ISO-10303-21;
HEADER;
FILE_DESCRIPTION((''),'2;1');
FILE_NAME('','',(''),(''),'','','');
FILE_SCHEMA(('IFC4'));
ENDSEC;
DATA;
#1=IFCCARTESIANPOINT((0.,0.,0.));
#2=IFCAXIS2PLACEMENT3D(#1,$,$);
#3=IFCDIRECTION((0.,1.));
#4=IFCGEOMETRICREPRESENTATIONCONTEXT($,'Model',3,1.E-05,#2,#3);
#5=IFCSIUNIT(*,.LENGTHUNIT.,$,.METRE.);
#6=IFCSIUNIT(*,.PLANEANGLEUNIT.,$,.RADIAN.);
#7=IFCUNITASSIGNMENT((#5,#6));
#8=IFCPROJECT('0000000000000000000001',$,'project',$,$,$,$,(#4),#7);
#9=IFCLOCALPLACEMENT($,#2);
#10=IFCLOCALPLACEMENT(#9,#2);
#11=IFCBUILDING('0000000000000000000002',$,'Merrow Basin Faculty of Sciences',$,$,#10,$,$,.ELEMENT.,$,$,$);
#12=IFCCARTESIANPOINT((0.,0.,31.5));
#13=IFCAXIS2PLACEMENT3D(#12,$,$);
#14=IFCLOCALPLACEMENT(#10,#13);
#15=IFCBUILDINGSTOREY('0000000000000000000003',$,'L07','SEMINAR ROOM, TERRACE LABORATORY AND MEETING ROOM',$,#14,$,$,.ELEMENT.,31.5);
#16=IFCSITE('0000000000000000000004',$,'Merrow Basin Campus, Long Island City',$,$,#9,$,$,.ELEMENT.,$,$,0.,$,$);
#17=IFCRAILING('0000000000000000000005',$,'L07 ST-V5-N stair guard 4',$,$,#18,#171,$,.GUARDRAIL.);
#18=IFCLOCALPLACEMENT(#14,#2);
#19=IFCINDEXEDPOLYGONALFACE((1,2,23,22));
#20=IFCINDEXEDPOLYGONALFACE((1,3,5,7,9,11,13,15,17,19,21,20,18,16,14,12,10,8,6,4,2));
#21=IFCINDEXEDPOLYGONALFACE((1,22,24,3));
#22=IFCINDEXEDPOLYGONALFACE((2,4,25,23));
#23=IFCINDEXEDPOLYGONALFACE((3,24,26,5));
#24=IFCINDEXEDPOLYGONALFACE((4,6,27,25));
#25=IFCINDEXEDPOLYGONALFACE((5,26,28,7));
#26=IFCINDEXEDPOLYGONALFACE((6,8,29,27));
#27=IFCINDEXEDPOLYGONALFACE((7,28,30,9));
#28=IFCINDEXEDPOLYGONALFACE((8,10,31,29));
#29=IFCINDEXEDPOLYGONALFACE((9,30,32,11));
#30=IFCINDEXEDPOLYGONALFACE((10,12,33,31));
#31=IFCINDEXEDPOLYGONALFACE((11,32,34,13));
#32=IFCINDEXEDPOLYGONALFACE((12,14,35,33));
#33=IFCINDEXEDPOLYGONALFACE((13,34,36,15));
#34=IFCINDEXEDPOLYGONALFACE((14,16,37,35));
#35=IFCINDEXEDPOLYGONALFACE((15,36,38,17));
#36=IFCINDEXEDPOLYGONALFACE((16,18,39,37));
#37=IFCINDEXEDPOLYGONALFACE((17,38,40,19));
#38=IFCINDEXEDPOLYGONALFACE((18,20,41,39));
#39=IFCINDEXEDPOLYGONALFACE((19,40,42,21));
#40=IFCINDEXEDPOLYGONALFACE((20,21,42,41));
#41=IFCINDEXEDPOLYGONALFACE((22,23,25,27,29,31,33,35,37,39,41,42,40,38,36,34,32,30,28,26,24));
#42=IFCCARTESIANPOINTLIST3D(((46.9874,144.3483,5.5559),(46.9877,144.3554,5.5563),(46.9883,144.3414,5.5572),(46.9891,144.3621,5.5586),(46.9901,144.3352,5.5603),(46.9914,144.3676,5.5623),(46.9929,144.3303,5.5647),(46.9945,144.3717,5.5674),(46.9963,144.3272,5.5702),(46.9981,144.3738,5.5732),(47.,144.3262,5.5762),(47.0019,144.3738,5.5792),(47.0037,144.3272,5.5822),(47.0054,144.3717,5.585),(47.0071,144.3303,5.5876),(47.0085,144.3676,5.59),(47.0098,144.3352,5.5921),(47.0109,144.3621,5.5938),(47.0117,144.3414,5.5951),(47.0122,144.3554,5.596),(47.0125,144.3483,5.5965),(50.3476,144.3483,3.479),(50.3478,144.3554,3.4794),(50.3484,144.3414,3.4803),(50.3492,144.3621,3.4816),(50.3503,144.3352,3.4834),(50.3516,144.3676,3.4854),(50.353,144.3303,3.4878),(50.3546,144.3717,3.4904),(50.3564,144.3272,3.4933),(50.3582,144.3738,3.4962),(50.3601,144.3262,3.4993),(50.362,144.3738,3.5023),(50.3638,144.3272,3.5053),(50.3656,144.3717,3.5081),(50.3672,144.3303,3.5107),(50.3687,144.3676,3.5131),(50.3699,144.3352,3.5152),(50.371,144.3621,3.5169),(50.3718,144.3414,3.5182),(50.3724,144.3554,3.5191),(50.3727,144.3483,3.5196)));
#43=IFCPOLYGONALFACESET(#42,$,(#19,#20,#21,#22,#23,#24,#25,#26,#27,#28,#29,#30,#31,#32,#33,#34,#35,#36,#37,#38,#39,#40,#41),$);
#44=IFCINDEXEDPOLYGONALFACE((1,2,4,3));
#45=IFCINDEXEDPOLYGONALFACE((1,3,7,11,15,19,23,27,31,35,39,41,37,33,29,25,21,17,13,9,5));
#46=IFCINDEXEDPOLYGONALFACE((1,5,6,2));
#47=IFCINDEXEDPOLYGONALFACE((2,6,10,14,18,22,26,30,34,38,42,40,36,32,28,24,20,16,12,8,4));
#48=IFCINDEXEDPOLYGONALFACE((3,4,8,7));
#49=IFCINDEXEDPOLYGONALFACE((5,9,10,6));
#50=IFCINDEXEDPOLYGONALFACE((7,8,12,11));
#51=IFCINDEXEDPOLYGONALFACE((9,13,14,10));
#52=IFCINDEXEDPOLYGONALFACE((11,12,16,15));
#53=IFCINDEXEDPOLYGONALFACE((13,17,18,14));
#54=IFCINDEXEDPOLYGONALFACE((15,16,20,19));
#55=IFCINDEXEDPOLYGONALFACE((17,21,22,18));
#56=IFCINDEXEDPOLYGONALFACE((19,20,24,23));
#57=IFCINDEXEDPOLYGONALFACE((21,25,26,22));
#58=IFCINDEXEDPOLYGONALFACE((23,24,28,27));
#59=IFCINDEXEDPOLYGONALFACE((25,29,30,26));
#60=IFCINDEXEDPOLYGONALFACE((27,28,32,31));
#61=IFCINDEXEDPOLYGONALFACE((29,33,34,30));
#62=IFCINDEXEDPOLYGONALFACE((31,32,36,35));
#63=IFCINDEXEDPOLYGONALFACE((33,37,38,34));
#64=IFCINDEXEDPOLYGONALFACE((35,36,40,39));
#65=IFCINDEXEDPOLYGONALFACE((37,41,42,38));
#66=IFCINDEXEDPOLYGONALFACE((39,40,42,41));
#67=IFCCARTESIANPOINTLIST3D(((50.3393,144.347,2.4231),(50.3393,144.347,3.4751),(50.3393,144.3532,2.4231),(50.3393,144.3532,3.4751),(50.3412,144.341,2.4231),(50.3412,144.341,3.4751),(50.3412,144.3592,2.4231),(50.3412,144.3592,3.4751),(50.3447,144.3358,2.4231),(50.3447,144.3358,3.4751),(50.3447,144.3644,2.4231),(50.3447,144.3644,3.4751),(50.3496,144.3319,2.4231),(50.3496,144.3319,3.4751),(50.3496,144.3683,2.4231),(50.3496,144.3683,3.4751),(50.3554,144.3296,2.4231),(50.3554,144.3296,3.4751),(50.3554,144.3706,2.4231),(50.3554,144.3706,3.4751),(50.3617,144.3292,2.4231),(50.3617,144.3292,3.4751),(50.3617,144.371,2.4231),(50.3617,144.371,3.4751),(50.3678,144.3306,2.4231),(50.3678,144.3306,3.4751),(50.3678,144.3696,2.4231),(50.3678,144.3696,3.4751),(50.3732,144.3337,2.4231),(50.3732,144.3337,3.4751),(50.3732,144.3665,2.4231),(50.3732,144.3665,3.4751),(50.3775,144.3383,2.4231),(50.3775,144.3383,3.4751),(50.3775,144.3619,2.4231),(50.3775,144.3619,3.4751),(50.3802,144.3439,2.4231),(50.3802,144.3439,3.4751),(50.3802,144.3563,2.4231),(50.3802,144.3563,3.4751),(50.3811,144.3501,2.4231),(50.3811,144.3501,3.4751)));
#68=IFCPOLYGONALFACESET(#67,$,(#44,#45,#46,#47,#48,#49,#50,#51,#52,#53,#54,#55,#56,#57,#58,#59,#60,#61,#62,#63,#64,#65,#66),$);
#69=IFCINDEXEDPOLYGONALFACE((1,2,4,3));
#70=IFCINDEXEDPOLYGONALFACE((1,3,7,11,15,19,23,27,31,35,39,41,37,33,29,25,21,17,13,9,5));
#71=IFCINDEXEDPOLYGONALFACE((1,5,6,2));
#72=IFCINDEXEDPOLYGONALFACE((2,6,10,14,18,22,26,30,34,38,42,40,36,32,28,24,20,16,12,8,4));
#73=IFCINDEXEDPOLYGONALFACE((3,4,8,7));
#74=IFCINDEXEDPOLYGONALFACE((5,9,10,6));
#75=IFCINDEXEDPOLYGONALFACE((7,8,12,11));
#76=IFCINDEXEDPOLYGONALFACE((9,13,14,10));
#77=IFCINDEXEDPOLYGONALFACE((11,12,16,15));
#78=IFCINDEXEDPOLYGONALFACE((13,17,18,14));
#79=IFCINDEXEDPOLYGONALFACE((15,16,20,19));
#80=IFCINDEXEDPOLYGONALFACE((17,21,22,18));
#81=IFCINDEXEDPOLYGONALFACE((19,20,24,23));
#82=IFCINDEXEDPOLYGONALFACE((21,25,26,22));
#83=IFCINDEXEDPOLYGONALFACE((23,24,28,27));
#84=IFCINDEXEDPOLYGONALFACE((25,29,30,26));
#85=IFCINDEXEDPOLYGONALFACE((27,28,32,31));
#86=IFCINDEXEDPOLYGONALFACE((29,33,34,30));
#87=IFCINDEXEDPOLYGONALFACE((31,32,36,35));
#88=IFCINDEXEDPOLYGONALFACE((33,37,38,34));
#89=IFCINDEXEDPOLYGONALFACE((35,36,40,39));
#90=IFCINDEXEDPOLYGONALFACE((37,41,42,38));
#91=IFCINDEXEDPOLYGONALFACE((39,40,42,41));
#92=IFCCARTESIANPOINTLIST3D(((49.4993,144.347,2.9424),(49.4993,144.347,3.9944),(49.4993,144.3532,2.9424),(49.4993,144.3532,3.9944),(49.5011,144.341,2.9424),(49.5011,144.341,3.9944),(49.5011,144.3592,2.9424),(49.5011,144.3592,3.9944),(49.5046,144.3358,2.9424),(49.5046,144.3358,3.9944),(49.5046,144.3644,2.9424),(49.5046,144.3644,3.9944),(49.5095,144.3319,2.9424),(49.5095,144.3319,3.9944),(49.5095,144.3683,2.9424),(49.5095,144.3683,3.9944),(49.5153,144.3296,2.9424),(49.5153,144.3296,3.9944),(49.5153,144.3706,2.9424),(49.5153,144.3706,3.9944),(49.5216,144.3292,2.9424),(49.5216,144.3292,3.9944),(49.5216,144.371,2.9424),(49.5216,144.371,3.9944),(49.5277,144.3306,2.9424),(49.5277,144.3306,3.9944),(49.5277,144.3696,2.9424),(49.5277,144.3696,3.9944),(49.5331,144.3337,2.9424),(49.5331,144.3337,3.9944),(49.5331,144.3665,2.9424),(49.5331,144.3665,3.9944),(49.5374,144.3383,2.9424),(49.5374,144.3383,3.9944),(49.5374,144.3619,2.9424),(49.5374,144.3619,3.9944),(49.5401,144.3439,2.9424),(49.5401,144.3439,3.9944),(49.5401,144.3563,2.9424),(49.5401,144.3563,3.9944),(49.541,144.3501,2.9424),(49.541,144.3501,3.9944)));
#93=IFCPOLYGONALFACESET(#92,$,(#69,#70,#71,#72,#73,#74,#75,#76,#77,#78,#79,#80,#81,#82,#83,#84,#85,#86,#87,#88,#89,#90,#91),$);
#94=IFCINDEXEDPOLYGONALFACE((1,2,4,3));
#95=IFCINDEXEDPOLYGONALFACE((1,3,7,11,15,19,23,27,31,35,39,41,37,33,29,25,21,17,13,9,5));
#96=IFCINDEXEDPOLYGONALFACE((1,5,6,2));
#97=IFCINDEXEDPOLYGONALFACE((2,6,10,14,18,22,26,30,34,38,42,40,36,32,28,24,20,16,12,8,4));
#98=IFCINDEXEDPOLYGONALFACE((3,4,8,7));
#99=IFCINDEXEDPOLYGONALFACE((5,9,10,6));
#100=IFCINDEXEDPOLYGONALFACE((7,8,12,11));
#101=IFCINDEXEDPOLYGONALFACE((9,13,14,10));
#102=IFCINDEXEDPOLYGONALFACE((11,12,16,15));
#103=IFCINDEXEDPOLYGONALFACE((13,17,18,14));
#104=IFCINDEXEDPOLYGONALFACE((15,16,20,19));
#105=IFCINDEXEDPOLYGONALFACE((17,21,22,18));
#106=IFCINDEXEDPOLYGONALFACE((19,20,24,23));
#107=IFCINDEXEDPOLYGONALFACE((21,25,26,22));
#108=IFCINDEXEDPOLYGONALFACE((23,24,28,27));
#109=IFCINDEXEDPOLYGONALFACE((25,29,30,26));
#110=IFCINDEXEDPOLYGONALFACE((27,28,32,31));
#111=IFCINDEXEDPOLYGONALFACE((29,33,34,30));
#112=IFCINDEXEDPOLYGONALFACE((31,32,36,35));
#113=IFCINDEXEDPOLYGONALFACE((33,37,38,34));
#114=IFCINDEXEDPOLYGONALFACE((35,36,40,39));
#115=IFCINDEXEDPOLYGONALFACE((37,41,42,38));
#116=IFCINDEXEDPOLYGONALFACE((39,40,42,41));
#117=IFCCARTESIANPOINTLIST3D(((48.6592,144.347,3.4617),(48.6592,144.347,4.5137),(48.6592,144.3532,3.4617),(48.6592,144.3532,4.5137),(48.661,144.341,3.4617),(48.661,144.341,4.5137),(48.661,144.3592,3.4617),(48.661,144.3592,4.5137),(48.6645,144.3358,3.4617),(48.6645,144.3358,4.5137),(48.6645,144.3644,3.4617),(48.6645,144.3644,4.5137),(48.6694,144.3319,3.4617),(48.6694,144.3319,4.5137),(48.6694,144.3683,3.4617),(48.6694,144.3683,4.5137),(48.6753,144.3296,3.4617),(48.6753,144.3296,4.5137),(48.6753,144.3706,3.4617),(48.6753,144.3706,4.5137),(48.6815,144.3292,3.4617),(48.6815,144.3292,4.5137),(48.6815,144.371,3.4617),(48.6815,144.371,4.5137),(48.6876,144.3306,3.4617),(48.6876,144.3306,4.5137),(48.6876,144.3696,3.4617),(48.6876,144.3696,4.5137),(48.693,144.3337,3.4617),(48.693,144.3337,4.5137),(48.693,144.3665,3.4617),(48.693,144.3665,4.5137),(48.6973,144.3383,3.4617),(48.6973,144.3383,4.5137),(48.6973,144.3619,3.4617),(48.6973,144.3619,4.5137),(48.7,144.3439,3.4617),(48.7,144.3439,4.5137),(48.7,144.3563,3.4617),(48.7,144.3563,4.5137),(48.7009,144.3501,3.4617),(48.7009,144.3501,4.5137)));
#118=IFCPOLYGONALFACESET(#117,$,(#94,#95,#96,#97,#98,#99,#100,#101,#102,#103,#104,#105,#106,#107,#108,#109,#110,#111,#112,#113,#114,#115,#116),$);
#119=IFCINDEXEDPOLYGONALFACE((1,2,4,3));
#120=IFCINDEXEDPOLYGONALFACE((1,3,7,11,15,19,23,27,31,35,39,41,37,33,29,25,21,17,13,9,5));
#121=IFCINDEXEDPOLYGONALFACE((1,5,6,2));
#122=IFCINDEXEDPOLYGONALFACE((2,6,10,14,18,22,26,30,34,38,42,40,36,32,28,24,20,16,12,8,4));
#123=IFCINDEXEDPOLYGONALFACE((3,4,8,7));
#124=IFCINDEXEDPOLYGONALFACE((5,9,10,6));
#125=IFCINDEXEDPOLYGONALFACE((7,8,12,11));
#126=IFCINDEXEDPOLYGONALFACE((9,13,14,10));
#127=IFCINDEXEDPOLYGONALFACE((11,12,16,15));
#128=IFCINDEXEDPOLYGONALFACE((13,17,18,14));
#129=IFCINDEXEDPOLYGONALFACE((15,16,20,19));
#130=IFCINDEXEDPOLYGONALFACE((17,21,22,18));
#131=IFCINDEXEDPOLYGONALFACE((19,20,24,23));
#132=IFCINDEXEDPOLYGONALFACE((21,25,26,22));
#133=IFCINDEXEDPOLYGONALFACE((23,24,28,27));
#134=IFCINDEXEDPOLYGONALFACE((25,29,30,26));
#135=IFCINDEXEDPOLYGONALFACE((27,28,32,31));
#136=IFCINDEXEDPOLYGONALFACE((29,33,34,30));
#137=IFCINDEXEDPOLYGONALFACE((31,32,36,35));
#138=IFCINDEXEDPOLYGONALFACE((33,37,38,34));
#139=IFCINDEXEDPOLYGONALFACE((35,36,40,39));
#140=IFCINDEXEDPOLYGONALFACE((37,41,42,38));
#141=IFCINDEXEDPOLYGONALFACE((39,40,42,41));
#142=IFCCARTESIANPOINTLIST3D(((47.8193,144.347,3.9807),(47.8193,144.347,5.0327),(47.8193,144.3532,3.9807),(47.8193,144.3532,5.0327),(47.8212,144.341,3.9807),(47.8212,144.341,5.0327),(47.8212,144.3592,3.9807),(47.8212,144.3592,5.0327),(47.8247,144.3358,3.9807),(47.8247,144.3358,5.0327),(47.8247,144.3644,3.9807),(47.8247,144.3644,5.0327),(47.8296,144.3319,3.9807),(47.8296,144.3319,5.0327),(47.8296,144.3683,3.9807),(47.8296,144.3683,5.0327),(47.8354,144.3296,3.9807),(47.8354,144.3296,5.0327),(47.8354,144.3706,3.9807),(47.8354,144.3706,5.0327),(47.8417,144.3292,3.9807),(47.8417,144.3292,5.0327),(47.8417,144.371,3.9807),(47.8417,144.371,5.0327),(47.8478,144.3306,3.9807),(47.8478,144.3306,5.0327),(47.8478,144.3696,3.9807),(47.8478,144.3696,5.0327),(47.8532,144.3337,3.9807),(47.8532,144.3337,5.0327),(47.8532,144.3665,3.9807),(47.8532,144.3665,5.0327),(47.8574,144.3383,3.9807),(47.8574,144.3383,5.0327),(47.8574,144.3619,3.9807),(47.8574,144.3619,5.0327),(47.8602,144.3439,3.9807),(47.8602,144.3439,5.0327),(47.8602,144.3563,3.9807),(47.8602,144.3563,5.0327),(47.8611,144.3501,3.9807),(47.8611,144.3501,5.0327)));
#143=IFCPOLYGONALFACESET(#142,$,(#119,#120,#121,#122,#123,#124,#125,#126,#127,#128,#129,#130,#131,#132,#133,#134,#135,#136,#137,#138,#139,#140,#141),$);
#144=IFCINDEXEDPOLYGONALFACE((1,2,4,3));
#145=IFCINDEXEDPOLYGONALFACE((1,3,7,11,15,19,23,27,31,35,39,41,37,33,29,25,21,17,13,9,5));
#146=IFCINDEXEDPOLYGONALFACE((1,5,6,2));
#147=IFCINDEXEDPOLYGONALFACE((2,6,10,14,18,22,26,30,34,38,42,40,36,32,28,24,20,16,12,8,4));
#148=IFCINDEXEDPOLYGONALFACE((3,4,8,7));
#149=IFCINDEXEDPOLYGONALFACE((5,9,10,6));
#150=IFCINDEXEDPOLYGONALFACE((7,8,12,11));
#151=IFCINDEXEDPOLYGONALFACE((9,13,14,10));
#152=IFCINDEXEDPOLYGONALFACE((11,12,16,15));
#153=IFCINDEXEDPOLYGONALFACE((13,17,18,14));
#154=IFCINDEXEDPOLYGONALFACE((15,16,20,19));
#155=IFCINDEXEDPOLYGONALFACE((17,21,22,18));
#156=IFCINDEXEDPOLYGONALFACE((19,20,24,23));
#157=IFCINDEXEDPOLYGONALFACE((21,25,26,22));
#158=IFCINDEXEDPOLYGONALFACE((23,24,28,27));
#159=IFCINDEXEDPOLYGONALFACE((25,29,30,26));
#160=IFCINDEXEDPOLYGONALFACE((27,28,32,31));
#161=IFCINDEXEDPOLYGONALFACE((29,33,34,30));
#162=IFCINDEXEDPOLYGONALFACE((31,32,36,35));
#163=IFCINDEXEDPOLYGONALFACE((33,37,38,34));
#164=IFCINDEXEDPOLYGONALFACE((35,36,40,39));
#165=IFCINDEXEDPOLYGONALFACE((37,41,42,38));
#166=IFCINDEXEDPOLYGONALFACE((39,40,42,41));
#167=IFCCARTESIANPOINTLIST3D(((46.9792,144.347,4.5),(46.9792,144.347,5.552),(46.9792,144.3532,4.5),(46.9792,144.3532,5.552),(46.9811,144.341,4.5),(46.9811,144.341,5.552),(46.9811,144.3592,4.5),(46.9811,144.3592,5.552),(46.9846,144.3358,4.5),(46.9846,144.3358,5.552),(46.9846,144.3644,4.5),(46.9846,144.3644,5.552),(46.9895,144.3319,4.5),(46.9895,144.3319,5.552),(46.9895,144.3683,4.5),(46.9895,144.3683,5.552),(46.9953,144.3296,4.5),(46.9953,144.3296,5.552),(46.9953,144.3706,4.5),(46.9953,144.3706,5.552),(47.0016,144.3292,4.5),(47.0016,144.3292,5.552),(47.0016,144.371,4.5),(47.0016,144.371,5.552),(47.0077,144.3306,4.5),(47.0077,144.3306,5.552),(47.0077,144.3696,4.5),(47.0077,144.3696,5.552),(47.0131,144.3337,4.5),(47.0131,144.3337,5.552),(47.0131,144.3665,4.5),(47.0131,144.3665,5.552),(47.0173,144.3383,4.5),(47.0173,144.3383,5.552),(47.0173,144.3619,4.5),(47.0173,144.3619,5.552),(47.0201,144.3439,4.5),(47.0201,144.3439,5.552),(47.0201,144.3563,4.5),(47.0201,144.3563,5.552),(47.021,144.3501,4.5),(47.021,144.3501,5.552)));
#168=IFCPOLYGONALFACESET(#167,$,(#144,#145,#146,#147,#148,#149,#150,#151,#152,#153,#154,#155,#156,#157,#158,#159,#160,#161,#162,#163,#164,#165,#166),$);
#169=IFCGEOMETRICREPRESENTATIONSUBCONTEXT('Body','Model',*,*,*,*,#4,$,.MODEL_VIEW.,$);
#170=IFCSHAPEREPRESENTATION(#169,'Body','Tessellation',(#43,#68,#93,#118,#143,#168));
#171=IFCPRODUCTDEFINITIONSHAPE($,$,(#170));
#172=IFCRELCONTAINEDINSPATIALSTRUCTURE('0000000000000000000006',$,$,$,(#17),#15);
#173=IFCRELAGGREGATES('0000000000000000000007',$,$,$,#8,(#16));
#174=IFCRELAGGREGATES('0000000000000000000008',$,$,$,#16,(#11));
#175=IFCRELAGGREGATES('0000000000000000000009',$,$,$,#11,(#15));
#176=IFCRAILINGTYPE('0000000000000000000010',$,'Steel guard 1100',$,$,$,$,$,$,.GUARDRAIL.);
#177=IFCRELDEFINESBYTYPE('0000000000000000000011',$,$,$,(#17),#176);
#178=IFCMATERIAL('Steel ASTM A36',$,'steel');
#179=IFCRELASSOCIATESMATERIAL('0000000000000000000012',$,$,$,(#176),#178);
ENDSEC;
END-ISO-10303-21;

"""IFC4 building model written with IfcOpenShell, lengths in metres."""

from ifc_helpers import new_model, si_unit, direction, frame, origin, origin_2d, place, context, subcontext, project, spatial, circle, extrude, material, type_object, element, save


model = new_model("IFC4")

# Units and contexts
model_context = context("Model", 3, precision=1e-05, world=origin(), true_north=direction((0.0, 1.0)))
body_context = subcontext(model_context, "Body", "Model", "MODEL_VIEW")
ifc_project = project(units=[si_unit("LENGTHUNIT", "METRE"), si_unit("PLANEANGLEUNIT", "RADIAN")], contexts=[model_context])

# Site, building, storey
site_placement = place(None, origin())
site = spatial("IfcSite", under=ifc_project, at=site_placement, Name="Merrow Basin Campus, Long Island City", CompositionType="ELEMENT", RefElevation=0.0)
building_placement = place(site_placement, origin())
building = spatial("IfcBuilding", under=site, at=building_placement, Name="Merrow Basin Faculty of Sciences", CompositionType="ELEMENT")
storey_placement = place(building_placement, frame((0.0, 0.0, 31.5)))
storey = spatial("IfcBuildingStorey", under=building, at=storey_placement, Name="L07", Description="SEMINAR ROOM, TERRACE LABORATORY AND MEETING ROOM", CompositionType="ELEMENT", Elevation=31.5)

# Railing
ifc_material_1 = material(Name="Steel ASTM A36", Category="steel")
railing_type_1 = type_object("IfcRailingType", Name="Steel guard 1100", PredefinedType="GUARDRAIL", material=ifc_material_1)
railing_1_placement = place(storey_placement, frame((50.3601, 144.3501, 2.4231)))
element("IfcRailing", 1, at=railing_1_placement, inside=storey, type_object=railing_type_1, Name="L07 ST-V5-N stair guard 4", PredefinedType="GUARDRAIL", context=body_context, shape_type="SweptSolid", body=[
    extrude(circle(Radius=0.0239, at=origin_2d()), frame((0.0, 0.0, 1.0762), z_axis=(-0.850623, 0.0, 0.525776), x_axis=(0.0, -1.0, 0.0)), (0.0, 0.0, 1.0), 3.9502),
    extrude(circle(Radius=0.021, at=origin_2d()), origin(), (0.0, 0.0, 1.0), 1.052),
    extrude(circle(Radius=0.021, at=origin_2d()), frame((-0.8401, 0.0, 0.5193)), (0.0, 0.0, 1.0), 1.052),
    extrude(circle(Radius=0.021, at=origin_2d()), frame((-1.6802, 0.0, 1.0386)), (0.0, 0.0, 1.0), 1.052),
    extrude(circle(Radius=0.021, at=origin_2d()), frame((-2.52, 0.0, 1.5576)), (0.0, 0.0, 1.0), 1.052),
    extrude(circle(Radius=0.021, at=origin_2d()), frame((-3.3601, 0.0, 2.0769)), (0.0, 0.0, 1.0), 1.052),
])

save(model, "model.ifc")
